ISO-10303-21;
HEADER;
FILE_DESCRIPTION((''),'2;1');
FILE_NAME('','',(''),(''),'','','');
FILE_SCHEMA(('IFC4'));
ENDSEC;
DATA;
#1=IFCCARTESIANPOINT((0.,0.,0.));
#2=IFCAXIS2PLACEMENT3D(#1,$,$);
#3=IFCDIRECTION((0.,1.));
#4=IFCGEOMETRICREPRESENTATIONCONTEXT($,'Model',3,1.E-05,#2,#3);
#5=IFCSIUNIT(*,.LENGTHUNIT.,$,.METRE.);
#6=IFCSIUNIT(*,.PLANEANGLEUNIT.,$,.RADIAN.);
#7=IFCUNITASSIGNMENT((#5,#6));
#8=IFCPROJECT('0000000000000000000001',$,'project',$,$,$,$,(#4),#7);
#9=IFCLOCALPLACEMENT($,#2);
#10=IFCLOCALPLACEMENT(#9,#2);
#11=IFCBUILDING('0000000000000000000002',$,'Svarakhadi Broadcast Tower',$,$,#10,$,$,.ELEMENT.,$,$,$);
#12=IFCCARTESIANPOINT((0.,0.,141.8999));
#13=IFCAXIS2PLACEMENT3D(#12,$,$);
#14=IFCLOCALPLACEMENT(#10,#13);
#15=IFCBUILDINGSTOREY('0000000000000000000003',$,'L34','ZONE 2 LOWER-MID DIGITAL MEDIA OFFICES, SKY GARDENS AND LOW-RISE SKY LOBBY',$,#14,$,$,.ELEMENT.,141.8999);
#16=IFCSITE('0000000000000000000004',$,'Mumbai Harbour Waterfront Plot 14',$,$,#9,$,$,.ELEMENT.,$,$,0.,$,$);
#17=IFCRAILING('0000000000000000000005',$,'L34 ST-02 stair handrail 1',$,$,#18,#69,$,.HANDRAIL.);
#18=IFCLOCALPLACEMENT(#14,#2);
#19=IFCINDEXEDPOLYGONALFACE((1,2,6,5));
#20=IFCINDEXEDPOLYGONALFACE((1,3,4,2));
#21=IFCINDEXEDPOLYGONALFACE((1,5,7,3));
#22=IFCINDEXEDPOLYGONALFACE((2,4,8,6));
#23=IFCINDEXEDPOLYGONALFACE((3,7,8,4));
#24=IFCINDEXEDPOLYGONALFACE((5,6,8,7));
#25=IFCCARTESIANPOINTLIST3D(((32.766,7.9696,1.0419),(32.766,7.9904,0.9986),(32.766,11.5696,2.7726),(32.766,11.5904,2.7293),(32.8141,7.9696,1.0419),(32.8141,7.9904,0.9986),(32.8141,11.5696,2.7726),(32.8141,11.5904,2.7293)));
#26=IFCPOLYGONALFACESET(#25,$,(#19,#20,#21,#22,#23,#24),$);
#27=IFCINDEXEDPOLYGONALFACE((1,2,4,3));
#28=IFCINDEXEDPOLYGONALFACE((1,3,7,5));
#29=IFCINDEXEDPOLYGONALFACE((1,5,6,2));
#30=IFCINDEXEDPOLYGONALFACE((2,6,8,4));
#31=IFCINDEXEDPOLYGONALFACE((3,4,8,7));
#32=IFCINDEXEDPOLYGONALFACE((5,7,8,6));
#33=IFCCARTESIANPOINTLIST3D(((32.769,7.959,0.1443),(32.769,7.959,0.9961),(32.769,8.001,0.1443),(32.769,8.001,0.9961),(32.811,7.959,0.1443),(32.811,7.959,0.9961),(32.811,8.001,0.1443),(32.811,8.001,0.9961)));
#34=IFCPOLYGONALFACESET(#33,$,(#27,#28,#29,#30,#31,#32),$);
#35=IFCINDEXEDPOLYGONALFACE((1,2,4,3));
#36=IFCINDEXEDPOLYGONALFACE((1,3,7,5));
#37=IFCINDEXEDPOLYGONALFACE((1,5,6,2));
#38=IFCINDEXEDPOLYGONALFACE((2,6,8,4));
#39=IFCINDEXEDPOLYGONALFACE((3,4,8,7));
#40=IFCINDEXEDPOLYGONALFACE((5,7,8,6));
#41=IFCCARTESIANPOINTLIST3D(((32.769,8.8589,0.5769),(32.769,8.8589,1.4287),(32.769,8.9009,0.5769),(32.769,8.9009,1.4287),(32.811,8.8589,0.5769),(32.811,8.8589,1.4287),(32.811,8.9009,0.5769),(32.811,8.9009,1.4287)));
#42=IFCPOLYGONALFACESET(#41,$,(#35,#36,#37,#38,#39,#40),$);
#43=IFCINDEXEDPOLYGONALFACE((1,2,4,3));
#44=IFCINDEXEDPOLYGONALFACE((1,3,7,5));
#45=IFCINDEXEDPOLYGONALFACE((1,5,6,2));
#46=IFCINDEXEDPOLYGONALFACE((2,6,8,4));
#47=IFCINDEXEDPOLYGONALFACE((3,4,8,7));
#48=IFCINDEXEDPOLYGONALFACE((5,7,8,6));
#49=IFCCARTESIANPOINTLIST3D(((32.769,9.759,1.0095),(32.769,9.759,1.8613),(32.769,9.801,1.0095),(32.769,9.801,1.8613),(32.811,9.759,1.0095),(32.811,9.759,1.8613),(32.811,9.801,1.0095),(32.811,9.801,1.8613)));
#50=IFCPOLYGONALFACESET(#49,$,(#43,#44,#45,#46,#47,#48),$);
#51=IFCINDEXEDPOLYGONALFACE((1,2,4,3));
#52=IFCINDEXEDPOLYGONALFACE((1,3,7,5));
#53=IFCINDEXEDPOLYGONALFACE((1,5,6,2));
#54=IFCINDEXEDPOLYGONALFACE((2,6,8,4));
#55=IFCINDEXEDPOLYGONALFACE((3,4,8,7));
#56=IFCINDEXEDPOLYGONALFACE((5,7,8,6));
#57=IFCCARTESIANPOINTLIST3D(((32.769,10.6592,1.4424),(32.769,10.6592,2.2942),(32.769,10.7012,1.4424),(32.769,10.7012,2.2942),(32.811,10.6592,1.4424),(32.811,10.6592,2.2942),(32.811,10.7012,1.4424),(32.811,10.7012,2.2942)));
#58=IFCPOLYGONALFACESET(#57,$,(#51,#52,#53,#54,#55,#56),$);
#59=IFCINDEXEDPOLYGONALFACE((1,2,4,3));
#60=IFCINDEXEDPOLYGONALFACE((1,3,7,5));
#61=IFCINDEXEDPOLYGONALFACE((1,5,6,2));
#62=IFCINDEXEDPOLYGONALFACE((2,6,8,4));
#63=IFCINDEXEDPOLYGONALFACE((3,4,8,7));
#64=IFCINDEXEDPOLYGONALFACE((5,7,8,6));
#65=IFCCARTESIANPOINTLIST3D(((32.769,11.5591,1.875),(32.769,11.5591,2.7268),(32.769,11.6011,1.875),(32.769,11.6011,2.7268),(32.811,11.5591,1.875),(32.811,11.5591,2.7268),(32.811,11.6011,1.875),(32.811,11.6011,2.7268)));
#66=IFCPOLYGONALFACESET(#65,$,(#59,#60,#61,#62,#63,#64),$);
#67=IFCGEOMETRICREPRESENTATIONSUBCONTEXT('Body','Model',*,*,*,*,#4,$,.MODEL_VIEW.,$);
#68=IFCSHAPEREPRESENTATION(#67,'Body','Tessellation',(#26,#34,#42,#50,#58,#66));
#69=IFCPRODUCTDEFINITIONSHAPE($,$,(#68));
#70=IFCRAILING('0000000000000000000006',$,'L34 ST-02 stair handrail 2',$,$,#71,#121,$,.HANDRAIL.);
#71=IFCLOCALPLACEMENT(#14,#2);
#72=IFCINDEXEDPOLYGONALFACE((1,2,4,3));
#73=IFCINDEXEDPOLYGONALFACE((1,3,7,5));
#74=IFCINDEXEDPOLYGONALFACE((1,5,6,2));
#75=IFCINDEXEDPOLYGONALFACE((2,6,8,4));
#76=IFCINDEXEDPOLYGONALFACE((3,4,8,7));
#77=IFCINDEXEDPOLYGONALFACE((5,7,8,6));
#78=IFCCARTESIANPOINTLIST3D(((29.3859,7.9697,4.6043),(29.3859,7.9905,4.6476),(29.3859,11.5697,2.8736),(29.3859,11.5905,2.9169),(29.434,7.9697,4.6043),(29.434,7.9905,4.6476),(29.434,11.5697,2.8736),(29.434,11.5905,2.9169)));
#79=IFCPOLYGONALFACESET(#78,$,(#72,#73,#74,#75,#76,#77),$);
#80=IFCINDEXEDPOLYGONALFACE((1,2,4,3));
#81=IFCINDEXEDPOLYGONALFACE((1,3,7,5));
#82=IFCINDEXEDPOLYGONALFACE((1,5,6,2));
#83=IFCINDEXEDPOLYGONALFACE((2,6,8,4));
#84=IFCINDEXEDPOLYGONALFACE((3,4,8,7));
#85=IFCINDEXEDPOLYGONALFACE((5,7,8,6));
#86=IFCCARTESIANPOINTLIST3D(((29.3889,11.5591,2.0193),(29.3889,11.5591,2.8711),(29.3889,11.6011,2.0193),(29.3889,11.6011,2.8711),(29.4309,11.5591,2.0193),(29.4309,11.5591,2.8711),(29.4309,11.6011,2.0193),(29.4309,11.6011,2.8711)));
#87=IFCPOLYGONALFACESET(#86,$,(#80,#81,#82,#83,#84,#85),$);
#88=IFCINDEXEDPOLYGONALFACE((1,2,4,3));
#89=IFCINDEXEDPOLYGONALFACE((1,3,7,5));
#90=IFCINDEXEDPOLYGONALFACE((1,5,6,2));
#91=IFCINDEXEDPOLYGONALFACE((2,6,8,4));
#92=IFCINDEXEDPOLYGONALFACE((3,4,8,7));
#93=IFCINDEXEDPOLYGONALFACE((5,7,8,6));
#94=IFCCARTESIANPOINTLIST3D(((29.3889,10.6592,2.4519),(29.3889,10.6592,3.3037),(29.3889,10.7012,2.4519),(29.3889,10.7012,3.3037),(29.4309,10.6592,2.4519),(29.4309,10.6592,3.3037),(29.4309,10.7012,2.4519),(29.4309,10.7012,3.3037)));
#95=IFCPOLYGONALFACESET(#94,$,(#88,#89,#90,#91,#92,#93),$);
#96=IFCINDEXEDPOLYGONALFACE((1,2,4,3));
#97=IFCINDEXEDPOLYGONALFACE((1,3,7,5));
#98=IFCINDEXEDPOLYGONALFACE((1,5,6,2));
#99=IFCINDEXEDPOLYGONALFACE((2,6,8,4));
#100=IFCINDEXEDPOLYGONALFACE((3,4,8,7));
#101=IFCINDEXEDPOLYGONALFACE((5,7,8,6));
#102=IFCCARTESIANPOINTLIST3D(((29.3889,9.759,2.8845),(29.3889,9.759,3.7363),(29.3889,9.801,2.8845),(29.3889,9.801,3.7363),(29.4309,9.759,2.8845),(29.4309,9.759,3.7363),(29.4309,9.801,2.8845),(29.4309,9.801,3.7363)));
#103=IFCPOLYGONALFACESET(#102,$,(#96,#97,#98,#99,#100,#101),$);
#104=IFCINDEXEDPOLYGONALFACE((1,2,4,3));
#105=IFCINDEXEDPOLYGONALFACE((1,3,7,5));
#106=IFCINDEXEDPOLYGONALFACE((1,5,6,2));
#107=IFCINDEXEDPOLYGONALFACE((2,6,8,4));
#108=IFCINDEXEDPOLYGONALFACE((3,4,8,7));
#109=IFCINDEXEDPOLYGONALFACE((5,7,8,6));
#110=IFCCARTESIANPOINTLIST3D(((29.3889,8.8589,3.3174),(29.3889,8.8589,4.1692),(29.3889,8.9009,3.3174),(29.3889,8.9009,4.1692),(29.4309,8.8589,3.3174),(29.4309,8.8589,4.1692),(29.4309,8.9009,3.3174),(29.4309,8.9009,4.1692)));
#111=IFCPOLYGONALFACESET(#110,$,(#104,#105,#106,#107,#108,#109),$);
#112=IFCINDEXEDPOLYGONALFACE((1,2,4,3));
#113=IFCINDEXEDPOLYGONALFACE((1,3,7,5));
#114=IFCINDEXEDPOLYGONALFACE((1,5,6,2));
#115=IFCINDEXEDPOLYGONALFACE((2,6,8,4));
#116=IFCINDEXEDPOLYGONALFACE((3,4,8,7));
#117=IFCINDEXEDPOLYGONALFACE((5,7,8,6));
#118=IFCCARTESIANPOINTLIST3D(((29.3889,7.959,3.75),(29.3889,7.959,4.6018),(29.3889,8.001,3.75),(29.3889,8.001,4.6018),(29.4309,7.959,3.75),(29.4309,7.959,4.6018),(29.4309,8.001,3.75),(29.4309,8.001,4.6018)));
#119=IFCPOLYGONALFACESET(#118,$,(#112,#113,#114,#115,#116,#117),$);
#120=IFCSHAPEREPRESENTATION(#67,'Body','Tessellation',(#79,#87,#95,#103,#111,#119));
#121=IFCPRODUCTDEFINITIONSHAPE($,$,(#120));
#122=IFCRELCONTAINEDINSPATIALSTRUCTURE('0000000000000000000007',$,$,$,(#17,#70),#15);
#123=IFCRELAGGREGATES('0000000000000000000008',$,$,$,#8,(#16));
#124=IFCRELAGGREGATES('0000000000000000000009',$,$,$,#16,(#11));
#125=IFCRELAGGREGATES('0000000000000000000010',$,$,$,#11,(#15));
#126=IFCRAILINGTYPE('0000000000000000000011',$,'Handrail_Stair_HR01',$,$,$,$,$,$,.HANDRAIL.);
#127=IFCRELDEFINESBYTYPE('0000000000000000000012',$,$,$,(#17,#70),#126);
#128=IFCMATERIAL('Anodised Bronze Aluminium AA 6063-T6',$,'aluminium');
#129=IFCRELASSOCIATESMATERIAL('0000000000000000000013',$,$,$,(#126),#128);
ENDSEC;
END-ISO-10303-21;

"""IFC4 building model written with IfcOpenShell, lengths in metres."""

from ifc_helpers import new_model, si_unit, direction, frame, origin, origin_2d, place, context, subcontext, project, spatial, rectangle, extrude, material, type_object, element, save


model = new_model("IFC4")

# Units and contexts
model_context = context("Model", 3, precision=1e-05, world=origin(), true_north=direction((0.0, 1.0)))
body_context = subcontext(model_context, "Body", "Model", "MODEL_VIEW")
ifc_project = project(units=[si_unit("LENGTHUNIT", "METRE"), si_unit("PLANEANGLEUNIT", "RADIAN")], contexts=[model_context])

# Site, building, storey
site_placement = place(None, origin())
site = spatial("IfcSite", under=ifc_project, at=site_placement, Name="Mumbai Harbour Waterfront Plot 14", CompositionType="ELEMENT", RefElevation=0.0)
building_placement = place(site_placement, origin())
building = spatial("IfcBuilding", under=site, at=building_placement, Name="Svarakhadi Broadcast Tower", CompositionType="ELEMENT")
storey_placement = place(building_placement, frame((0.0, 0.0, 141.8999)))
storey = spatial("IfcBuildingStorey", under=building, at=storey_placement, Name="L34", Description="ZONE 2 LOWER-MID DIGITAL MEDIA OFFICES, SKY GARDENS AND LOW-RISE SKY LOBBY", CompositionType="ELEMENT", Elevation=141.8999)

# Shared definitions
ifc_material_1 = material(Name="Anodised Bronze Aluminium AA 6063-T6", Category="aluminium")

# Railings
railing_type_1 = type_object("IfcRailingType", Name="Handrail_Stair_HR01", PredefinedType="HANDRAIL", material=ifc_material_1)
railing_1_placement = place(storey_placement, frame((32.79, 7.98, 0.1443)))
element("IfcRailing", 1, at=railing_1_placement, inside=storey, type_object=railing_type_1, Name="L34 ST-02 stair handrail 1", PredefinedType="HANDRAIL", context=body_context, shape_type="SweptSolid", body=[
    extrude(rectangle(XDim=0.0481, YDim=0.0481, at=origin_2d()), frame((0.0, 0.0, 0.876), z_axis=(0.0, 0.901263, 0.433273), x_axis=(-1.0, 0.0, 0.0)), (0.0, 0.0, 1.0), 3.9944),
    extrude(rectangle(XDim=0.042, YDim=0.042, at=origin_2d()), origin(), (0.0, 0.0, 1.0), 0.8518),
    extrude(rectangle(XDim=0.042, YDim=0.042, at=origin_2d()), frame((0.0, 0.8999, 0.4326)), (0.0, 0.0, 1.0), 0.8518),
    extrude(rectangle(XDim=0.042, YDim=0.042, at=origin_2d()), frame((0.0, 1.8, 0.8652)), (0.0, 0.0, 1.0), 0.8518),
    extrude(rectangle(XDim=0.042, YDim=0.042, at=origin_2d()), frame((0.0, 2.7002, 1.2981)), (0.0, 0.0, 1.0), 0.8518),
    extrude(rectangle(XDim=0.042, YDim=0.042, at=origin_2d()), frame((0.0, 3.6001, 1.7307)), (0.0, 0.0, 1.0), 0.8518),
])
railing_2_placement = place(storey_placement, frame((29.4099, 11.5801, 2.0193)))
element("IfcRailing", 2, at=railing_2_placement, inside=storey, type_object=railing_type_1, Name="L34 ST-02 stair handrail 2", PredefinedType="HANDRAIL", context=body_context, shape_type="SweptSolid", body=[
    extrude(rectangle(XDim=0.0481, YDim=0.0481, at=origin_2d()), frame((0.0, 0.0, 0.876), z_axis=(0.0, -0.901263, 0.433273), x_axis=(1.0, 0.0, 0.0)), (0.0, 0.0, 1.0), 3.9944),
    extrude(rectangle(XDim=0.042, YDim=0.042, at=origin_2d()), origin(), (0.0, 0.0, 1.0), 0.8518),
    extrude(rectangle(XDim=0.042, YDim=0.042, at=origin_2d()), frame((0.0, -0.8999, 0.4326)), (0.0, 0.0, 1.0), 0.8518),
    extrude(rectangle(XDim=0.042, YDim=0.042, at=origin_2d()), frame((0.0, -1.8, 0.8652)), (0.0, 0.0, 1.0), 0.8518),
    extrude(rectangle(XDim=0.042, YDim=0.042, at=origin_2d()), frame((0.0, -2.7002, 1.2981)), (0.0, 0.0, 1.0), 0.8518),
    extrude(rectangle(XDim=0.042, YDim=0.042, at=origin_2d()), frame((0.0, -3.6001, 1.7307)), (0.0, 0.0, 1.0), 0.8518),
])

save(model, "model.ifc")
